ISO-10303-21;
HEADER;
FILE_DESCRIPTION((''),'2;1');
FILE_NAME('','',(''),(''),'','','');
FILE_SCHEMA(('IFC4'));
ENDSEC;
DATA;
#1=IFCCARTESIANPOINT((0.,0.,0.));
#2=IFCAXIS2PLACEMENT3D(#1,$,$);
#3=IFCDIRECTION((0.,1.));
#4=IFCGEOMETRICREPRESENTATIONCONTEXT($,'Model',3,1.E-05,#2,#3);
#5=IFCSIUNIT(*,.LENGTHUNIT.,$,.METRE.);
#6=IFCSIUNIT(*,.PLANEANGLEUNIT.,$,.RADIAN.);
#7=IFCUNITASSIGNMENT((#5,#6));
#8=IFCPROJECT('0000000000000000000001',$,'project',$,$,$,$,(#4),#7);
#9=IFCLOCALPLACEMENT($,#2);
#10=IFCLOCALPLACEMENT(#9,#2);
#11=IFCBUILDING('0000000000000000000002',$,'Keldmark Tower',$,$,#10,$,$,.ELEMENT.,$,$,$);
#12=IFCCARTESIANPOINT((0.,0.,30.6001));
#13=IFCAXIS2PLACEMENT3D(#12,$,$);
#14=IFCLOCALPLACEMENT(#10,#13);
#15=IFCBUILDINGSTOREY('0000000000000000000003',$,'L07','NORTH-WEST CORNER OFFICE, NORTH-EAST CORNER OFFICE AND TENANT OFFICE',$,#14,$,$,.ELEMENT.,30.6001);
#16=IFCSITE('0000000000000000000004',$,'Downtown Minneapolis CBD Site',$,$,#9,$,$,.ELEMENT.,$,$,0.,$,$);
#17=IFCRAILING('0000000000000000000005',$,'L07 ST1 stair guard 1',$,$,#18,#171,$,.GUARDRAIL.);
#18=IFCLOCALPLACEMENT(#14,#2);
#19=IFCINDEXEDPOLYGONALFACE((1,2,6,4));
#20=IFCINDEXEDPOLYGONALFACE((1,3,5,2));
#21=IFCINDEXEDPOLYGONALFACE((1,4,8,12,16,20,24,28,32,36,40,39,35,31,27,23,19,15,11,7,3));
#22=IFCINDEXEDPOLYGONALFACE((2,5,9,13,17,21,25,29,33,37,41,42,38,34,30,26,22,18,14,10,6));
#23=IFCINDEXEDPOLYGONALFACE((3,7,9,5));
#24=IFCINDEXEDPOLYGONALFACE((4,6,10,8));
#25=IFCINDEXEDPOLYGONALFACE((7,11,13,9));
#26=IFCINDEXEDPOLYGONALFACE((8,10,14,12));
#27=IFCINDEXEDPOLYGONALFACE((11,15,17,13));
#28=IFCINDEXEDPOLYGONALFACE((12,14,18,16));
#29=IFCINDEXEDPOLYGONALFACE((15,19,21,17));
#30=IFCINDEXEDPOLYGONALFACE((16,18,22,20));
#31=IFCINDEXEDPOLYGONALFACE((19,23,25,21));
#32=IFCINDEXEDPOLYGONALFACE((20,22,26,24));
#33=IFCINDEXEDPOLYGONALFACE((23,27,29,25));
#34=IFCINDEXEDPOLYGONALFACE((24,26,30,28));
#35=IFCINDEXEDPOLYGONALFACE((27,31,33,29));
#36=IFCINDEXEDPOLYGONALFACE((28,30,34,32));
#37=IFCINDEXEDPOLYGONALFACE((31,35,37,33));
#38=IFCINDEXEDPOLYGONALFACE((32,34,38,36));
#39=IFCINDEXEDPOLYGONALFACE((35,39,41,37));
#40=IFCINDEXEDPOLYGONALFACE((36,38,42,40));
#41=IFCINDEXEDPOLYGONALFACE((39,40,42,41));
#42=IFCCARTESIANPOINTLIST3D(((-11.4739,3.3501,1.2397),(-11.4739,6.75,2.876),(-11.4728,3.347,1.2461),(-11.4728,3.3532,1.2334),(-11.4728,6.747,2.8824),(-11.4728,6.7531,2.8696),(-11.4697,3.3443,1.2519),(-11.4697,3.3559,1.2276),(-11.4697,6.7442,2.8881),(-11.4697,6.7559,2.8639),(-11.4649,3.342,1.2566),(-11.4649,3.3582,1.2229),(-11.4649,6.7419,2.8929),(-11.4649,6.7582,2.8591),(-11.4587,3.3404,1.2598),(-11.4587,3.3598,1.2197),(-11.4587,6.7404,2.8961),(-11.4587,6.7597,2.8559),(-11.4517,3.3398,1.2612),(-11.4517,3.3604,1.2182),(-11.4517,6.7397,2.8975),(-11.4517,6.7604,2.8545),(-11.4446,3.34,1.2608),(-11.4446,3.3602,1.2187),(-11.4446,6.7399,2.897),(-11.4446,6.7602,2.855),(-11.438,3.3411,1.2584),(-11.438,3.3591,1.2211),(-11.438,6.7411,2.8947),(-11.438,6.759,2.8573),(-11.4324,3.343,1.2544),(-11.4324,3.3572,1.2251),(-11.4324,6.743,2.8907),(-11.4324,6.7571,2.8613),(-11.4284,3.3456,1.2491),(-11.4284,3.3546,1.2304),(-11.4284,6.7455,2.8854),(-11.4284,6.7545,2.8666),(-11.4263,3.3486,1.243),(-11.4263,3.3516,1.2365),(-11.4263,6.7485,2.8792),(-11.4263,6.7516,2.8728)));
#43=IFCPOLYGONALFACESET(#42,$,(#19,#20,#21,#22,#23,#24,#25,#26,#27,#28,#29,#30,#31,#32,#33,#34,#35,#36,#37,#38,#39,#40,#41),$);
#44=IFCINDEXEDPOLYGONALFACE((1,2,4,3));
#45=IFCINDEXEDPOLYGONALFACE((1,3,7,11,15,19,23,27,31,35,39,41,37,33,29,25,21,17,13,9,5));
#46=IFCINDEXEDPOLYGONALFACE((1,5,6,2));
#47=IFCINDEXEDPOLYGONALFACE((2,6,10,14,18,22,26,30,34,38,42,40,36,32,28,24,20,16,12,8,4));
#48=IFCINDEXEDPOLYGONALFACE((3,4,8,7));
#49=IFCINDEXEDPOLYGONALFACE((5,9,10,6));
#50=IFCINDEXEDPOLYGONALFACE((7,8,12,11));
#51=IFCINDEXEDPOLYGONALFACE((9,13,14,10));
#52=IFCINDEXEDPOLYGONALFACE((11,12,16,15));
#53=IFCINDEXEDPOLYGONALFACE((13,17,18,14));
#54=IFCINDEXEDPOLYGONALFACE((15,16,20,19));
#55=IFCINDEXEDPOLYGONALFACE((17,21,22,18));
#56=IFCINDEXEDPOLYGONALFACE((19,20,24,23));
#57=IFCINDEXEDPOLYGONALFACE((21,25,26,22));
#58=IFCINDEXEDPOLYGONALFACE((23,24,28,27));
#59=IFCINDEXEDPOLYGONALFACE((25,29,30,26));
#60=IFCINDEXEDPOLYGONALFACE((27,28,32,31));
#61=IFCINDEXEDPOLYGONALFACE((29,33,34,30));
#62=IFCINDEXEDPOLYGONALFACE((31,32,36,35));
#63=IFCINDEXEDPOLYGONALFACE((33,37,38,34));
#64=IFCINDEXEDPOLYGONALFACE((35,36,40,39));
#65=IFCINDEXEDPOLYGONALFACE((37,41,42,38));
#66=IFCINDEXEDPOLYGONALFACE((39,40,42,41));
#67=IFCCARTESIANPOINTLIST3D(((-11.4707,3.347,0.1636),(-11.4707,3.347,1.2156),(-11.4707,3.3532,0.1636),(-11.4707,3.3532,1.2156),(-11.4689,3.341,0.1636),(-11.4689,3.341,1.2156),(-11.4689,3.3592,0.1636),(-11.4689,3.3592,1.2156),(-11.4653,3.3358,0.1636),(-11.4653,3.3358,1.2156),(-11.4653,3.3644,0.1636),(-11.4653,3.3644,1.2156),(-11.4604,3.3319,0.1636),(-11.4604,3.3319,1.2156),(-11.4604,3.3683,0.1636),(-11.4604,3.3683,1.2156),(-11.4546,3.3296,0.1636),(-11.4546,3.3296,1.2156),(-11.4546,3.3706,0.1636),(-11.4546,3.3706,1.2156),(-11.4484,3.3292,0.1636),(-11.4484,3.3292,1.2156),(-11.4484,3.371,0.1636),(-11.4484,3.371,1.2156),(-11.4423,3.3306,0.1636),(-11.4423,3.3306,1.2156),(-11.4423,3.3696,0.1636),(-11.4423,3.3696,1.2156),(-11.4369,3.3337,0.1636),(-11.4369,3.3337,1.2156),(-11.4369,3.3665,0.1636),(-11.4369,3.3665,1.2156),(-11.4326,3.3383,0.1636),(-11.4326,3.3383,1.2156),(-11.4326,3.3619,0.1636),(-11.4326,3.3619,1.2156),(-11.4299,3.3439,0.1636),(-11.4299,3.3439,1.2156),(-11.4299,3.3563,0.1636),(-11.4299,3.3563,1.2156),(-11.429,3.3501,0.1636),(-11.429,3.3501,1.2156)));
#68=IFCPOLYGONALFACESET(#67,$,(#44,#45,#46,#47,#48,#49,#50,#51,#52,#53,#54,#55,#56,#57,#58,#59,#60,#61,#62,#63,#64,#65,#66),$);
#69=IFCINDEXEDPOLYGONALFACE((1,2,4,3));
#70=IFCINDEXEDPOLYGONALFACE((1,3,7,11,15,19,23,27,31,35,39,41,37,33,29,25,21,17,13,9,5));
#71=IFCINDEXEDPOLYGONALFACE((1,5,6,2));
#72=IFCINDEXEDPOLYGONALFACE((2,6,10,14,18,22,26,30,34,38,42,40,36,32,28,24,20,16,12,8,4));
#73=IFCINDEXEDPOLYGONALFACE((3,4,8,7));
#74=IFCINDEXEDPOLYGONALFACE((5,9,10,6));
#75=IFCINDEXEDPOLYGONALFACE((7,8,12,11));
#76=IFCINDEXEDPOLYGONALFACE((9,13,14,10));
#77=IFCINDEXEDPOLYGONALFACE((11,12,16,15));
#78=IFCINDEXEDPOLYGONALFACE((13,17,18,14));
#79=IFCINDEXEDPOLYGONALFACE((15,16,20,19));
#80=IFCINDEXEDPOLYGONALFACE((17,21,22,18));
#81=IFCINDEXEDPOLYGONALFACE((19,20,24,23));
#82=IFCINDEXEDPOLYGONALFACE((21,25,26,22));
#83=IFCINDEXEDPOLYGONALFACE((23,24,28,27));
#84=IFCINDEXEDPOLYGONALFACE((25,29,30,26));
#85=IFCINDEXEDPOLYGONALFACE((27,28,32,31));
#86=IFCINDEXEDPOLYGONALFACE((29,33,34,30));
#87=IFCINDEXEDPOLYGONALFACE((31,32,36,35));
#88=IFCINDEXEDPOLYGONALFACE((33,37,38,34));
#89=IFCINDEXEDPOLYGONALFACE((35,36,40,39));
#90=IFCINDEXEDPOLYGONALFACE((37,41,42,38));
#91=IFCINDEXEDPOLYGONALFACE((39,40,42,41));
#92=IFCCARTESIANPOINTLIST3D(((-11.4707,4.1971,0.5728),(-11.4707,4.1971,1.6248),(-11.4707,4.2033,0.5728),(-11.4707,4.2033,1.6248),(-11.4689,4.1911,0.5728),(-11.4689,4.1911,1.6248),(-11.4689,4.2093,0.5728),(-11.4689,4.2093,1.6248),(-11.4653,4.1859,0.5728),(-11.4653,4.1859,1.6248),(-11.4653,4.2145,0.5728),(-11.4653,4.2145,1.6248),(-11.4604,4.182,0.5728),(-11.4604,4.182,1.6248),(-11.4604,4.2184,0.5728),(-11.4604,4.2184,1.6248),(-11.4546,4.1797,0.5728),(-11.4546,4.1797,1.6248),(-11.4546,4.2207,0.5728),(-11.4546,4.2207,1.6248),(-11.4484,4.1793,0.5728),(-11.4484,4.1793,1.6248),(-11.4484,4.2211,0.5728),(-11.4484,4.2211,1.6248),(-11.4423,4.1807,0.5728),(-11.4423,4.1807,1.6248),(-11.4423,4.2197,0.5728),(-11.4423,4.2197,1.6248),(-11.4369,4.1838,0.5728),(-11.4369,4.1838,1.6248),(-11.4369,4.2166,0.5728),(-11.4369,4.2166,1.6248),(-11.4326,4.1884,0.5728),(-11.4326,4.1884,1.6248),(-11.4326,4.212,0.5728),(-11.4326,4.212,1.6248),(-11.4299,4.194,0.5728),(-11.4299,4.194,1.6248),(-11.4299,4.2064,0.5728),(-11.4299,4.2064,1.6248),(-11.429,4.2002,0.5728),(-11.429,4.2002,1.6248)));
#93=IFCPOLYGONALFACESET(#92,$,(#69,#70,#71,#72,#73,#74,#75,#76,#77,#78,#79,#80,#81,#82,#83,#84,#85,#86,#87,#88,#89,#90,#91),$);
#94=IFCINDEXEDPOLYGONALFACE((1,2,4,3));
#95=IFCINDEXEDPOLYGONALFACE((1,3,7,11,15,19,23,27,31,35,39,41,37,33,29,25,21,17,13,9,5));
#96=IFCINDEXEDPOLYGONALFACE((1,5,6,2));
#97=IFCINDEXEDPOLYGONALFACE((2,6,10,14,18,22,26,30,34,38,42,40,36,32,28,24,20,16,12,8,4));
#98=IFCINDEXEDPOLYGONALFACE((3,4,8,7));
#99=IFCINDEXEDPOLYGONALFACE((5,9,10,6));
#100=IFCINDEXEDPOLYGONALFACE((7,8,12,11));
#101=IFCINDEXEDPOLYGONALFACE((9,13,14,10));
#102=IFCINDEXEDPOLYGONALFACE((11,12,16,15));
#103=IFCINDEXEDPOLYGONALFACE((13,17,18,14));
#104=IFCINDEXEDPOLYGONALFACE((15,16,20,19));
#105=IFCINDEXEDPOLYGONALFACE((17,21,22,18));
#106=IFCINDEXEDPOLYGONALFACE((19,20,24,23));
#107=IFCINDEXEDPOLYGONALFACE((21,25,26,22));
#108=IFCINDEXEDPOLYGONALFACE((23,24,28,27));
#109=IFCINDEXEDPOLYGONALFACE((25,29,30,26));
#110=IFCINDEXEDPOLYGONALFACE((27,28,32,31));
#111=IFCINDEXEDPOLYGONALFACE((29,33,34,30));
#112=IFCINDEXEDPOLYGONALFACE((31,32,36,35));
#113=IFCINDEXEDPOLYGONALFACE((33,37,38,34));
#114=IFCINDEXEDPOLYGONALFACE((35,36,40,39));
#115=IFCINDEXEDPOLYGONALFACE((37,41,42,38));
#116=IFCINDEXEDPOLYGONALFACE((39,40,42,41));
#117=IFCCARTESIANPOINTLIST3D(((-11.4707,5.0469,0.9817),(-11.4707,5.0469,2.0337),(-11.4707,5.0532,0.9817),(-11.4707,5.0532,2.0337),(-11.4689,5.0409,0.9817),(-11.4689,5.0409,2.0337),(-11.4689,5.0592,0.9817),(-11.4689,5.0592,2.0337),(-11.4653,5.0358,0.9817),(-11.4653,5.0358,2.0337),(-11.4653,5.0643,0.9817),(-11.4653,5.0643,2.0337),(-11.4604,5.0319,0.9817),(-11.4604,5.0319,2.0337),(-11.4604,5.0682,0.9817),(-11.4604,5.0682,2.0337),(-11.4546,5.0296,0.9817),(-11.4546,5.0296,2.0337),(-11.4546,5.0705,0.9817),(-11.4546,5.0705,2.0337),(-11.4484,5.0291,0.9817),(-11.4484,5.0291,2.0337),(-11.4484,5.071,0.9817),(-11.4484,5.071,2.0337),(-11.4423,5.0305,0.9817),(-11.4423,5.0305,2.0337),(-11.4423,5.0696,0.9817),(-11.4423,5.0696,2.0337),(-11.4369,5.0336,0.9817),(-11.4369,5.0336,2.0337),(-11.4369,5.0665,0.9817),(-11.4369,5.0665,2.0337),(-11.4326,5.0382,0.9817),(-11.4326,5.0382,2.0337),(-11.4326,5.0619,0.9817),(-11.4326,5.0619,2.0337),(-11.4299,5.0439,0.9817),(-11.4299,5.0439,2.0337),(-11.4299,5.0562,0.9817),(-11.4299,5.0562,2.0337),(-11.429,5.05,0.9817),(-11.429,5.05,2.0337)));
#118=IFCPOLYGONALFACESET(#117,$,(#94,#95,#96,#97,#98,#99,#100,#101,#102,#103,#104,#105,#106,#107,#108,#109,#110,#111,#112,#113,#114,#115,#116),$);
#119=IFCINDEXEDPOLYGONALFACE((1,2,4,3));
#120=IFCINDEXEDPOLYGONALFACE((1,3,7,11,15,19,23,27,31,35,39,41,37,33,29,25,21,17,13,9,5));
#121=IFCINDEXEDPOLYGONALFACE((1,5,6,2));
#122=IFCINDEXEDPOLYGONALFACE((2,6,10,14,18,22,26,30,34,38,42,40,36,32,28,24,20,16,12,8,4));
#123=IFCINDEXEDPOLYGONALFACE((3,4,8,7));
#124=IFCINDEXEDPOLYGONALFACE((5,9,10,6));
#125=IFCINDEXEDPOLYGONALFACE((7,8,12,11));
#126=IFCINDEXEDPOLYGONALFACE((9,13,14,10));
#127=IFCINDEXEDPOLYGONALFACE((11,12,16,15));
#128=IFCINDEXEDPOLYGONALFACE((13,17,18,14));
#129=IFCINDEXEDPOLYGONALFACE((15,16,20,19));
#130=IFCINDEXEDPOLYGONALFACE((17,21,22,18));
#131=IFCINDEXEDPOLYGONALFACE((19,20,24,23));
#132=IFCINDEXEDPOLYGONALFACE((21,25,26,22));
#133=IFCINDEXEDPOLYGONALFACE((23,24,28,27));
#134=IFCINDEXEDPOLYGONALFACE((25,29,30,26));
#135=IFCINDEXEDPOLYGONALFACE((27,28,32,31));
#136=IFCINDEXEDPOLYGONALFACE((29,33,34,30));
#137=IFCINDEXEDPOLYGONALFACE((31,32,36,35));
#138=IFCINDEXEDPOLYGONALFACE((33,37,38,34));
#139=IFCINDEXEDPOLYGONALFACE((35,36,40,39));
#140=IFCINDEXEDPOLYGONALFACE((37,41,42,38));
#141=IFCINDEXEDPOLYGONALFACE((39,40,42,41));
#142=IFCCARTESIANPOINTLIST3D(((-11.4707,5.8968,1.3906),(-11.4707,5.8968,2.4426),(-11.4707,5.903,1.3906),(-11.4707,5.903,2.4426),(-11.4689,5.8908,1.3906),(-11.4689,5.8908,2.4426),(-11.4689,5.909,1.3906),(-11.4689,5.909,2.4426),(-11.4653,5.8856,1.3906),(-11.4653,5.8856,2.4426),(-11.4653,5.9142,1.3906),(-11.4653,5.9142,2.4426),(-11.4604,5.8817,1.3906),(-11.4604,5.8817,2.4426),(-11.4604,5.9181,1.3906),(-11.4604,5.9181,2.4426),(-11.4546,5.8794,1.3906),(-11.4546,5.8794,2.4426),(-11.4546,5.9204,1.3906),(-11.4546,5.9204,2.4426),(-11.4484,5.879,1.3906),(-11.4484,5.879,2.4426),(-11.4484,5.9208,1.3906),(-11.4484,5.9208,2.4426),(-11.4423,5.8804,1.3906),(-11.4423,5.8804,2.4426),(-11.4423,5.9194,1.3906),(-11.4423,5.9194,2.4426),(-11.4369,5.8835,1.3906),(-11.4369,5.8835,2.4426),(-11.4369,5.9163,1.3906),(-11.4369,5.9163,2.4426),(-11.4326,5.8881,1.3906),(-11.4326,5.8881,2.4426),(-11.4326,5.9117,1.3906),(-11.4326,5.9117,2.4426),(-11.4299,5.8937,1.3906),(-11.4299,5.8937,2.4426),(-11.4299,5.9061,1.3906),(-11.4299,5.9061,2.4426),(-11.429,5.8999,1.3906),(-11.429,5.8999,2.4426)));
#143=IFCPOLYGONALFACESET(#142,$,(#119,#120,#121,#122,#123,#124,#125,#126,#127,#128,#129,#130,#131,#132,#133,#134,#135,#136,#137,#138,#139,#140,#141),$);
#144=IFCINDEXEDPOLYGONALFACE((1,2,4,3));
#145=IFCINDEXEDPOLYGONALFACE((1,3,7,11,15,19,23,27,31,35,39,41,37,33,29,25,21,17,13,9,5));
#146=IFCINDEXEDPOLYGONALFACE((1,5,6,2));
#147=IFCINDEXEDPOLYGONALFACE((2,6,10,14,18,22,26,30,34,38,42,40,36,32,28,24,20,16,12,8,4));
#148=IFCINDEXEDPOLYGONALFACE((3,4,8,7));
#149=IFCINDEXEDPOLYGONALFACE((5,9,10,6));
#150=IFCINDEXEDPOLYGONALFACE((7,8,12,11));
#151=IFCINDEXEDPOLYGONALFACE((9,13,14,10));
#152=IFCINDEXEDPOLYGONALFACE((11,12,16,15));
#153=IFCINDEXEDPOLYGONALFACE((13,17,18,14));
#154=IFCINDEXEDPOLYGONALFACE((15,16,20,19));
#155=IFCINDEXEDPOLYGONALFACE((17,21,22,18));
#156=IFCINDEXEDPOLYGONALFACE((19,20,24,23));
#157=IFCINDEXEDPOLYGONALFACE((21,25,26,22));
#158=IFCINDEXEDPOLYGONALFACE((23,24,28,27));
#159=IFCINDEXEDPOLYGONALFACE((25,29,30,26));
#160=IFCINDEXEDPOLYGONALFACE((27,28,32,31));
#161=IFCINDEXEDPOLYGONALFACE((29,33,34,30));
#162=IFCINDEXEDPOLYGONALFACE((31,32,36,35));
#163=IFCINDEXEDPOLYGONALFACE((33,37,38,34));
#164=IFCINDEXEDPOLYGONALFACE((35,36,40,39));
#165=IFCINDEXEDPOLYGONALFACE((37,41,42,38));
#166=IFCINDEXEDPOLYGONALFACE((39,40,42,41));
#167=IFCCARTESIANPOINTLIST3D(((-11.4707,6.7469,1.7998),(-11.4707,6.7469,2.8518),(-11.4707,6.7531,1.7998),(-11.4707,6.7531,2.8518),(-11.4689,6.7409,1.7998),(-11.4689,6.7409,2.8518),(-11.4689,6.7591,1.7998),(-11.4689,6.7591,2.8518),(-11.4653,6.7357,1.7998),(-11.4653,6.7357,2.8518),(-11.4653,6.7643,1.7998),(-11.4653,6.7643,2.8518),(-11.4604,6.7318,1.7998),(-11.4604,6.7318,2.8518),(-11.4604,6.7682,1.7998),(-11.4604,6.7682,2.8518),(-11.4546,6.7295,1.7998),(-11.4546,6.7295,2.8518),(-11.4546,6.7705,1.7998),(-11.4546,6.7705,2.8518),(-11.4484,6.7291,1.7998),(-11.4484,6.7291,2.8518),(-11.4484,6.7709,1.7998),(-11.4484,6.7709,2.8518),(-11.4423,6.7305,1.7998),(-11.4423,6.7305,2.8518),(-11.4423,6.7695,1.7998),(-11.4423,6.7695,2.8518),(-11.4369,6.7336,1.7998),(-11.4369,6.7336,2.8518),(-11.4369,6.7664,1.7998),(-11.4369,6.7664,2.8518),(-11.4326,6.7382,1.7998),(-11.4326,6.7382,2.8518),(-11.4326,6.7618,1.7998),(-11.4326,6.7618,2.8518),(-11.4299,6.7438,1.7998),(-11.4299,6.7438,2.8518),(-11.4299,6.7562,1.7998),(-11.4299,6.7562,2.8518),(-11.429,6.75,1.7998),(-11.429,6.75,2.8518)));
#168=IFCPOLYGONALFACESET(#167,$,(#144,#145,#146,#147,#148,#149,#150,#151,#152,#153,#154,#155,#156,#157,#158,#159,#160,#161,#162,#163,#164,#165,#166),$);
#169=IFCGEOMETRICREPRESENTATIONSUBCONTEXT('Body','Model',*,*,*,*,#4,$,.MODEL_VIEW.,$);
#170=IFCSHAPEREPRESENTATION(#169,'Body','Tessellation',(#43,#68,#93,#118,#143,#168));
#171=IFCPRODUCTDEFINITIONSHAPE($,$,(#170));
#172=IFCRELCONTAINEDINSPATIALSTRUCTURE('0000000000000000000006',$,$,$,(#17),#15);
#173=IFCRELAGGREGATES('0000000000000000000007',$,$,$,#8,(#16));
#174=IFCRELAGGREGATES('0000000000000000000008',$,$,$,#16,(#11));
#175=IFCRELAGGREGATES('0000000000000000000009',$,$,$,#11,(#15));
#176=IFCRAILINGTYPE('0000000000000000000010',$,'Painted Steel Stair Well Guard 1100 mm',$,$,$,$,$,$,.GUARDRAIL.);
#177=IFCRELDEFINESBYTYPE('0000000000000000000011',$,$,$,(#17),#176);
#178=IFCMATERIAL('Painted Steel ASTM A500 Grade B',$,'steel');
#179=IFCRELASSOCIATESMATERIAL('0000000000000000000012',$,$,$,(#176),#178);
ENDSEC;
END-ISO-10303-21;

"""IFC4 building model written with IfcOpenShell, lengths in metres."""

from ifc_helpers import new_model, si_unit, direction, frame, origin, origin_2d, place, context, subcontext, project, spatial, circle, extrude, material, type_object, element, save


model = new_model("IFC4")

# Units and contexts
model_context = context("Model", 3, precision=1e-05, world=origin(), true_north=direction((0.0, 1.0)))
body_context = subcontext(model_context, "Body", "Model", "MODEL_VIEW")
ifc_project = project(units=[si_unit("LENGTHUNIT", "METRE"), si_unit("PLANEANGLEUNIT", "RADIAN")], contexts=[model_context])

# Site, building, storey
site_placement = place(None, origin())
site = spatial("IfcSite", under=ifc_project, at=site_placement, Name="Downtown Minneapolis CBD Site", CompositionType="ELEMENT", RefElevation=0.0)
building_placement = place(site_placement, origin())
building = spatial("IfcBuilding", under=site, at=building_placement, Name="Keldmark Tower", CompositionType="ELEMENT")
storey_placement = place(building_placement, frame((0.0, 0.0, 30.6001)))
storey = spatial("IfcBuildingStorey", under=building, at=storey_placement, Name="L07", Description="NORTH-WEST CORNER OFFICE, NORTH-EAST CORNER OFFICE AND TENANT OFFICE", CompositionType="ELEMENT", Elevation=30.6001)

# Railing
ifc_material_1 = material(Name="Painted Steel ASTM A500 Grade B", Category="steel")
railing_type_1 = type_object("IfcRailingType", Name="Painted Steel Stair Well Guard 1100 mm", PredefinedType="GUARDRAIL", material=ifc_material_1)
railing_1_placement = place(storey_placement, frame((-11.45, 3.3501, 0.1636)))
element("IfcRailing", 1, at=railing_1_placement, inside=storey, type_object=railing_type_1, Name="L07 ST1 stair guard 1", PredefinedType="GUARDRAIL", context=body_context, shape_type="SweptSolid", body=[
    extrude(circle(Radius=0.0239, at=origin_2d()), frame((0.0, 0.0, 1.0762), z_axis=(0.0, 0.90108, 0.433652), x_axis=(-1.0, 0.0, 0.0)), (0.0, 0.0, 1.0), 3.7732),
    extrude(circle(Radius=0.021, at=origin_2d()), origin(), (0.0, 0.0, 1.0), 1.052),
    extrude(circle(Radius=0.021, at=origin_2d()), frame((0.0, 0.8501, 0.4092)), (0.0, 0.0, 1.0), 1.052),
    extrude(circle(Radius=0.021, at=origin_2d()), frame((0.0, 1.7, 0.8181)), (0.0, 0.0, 1.0), 1.052),
    extrude(circle(Radius=0.021, at=origin_2d()), frame((0.0, 2.5498, 1.2271)), (0.0, 0.0, 1.0), 1.052),
    extrude(circle(Radius=0.021, at=origin_2d()), frame((0.0, 3.3999, 1.6362)), (0.0, 0.0, 1.0), 1.052),
])

save(model, "model.ifc")
